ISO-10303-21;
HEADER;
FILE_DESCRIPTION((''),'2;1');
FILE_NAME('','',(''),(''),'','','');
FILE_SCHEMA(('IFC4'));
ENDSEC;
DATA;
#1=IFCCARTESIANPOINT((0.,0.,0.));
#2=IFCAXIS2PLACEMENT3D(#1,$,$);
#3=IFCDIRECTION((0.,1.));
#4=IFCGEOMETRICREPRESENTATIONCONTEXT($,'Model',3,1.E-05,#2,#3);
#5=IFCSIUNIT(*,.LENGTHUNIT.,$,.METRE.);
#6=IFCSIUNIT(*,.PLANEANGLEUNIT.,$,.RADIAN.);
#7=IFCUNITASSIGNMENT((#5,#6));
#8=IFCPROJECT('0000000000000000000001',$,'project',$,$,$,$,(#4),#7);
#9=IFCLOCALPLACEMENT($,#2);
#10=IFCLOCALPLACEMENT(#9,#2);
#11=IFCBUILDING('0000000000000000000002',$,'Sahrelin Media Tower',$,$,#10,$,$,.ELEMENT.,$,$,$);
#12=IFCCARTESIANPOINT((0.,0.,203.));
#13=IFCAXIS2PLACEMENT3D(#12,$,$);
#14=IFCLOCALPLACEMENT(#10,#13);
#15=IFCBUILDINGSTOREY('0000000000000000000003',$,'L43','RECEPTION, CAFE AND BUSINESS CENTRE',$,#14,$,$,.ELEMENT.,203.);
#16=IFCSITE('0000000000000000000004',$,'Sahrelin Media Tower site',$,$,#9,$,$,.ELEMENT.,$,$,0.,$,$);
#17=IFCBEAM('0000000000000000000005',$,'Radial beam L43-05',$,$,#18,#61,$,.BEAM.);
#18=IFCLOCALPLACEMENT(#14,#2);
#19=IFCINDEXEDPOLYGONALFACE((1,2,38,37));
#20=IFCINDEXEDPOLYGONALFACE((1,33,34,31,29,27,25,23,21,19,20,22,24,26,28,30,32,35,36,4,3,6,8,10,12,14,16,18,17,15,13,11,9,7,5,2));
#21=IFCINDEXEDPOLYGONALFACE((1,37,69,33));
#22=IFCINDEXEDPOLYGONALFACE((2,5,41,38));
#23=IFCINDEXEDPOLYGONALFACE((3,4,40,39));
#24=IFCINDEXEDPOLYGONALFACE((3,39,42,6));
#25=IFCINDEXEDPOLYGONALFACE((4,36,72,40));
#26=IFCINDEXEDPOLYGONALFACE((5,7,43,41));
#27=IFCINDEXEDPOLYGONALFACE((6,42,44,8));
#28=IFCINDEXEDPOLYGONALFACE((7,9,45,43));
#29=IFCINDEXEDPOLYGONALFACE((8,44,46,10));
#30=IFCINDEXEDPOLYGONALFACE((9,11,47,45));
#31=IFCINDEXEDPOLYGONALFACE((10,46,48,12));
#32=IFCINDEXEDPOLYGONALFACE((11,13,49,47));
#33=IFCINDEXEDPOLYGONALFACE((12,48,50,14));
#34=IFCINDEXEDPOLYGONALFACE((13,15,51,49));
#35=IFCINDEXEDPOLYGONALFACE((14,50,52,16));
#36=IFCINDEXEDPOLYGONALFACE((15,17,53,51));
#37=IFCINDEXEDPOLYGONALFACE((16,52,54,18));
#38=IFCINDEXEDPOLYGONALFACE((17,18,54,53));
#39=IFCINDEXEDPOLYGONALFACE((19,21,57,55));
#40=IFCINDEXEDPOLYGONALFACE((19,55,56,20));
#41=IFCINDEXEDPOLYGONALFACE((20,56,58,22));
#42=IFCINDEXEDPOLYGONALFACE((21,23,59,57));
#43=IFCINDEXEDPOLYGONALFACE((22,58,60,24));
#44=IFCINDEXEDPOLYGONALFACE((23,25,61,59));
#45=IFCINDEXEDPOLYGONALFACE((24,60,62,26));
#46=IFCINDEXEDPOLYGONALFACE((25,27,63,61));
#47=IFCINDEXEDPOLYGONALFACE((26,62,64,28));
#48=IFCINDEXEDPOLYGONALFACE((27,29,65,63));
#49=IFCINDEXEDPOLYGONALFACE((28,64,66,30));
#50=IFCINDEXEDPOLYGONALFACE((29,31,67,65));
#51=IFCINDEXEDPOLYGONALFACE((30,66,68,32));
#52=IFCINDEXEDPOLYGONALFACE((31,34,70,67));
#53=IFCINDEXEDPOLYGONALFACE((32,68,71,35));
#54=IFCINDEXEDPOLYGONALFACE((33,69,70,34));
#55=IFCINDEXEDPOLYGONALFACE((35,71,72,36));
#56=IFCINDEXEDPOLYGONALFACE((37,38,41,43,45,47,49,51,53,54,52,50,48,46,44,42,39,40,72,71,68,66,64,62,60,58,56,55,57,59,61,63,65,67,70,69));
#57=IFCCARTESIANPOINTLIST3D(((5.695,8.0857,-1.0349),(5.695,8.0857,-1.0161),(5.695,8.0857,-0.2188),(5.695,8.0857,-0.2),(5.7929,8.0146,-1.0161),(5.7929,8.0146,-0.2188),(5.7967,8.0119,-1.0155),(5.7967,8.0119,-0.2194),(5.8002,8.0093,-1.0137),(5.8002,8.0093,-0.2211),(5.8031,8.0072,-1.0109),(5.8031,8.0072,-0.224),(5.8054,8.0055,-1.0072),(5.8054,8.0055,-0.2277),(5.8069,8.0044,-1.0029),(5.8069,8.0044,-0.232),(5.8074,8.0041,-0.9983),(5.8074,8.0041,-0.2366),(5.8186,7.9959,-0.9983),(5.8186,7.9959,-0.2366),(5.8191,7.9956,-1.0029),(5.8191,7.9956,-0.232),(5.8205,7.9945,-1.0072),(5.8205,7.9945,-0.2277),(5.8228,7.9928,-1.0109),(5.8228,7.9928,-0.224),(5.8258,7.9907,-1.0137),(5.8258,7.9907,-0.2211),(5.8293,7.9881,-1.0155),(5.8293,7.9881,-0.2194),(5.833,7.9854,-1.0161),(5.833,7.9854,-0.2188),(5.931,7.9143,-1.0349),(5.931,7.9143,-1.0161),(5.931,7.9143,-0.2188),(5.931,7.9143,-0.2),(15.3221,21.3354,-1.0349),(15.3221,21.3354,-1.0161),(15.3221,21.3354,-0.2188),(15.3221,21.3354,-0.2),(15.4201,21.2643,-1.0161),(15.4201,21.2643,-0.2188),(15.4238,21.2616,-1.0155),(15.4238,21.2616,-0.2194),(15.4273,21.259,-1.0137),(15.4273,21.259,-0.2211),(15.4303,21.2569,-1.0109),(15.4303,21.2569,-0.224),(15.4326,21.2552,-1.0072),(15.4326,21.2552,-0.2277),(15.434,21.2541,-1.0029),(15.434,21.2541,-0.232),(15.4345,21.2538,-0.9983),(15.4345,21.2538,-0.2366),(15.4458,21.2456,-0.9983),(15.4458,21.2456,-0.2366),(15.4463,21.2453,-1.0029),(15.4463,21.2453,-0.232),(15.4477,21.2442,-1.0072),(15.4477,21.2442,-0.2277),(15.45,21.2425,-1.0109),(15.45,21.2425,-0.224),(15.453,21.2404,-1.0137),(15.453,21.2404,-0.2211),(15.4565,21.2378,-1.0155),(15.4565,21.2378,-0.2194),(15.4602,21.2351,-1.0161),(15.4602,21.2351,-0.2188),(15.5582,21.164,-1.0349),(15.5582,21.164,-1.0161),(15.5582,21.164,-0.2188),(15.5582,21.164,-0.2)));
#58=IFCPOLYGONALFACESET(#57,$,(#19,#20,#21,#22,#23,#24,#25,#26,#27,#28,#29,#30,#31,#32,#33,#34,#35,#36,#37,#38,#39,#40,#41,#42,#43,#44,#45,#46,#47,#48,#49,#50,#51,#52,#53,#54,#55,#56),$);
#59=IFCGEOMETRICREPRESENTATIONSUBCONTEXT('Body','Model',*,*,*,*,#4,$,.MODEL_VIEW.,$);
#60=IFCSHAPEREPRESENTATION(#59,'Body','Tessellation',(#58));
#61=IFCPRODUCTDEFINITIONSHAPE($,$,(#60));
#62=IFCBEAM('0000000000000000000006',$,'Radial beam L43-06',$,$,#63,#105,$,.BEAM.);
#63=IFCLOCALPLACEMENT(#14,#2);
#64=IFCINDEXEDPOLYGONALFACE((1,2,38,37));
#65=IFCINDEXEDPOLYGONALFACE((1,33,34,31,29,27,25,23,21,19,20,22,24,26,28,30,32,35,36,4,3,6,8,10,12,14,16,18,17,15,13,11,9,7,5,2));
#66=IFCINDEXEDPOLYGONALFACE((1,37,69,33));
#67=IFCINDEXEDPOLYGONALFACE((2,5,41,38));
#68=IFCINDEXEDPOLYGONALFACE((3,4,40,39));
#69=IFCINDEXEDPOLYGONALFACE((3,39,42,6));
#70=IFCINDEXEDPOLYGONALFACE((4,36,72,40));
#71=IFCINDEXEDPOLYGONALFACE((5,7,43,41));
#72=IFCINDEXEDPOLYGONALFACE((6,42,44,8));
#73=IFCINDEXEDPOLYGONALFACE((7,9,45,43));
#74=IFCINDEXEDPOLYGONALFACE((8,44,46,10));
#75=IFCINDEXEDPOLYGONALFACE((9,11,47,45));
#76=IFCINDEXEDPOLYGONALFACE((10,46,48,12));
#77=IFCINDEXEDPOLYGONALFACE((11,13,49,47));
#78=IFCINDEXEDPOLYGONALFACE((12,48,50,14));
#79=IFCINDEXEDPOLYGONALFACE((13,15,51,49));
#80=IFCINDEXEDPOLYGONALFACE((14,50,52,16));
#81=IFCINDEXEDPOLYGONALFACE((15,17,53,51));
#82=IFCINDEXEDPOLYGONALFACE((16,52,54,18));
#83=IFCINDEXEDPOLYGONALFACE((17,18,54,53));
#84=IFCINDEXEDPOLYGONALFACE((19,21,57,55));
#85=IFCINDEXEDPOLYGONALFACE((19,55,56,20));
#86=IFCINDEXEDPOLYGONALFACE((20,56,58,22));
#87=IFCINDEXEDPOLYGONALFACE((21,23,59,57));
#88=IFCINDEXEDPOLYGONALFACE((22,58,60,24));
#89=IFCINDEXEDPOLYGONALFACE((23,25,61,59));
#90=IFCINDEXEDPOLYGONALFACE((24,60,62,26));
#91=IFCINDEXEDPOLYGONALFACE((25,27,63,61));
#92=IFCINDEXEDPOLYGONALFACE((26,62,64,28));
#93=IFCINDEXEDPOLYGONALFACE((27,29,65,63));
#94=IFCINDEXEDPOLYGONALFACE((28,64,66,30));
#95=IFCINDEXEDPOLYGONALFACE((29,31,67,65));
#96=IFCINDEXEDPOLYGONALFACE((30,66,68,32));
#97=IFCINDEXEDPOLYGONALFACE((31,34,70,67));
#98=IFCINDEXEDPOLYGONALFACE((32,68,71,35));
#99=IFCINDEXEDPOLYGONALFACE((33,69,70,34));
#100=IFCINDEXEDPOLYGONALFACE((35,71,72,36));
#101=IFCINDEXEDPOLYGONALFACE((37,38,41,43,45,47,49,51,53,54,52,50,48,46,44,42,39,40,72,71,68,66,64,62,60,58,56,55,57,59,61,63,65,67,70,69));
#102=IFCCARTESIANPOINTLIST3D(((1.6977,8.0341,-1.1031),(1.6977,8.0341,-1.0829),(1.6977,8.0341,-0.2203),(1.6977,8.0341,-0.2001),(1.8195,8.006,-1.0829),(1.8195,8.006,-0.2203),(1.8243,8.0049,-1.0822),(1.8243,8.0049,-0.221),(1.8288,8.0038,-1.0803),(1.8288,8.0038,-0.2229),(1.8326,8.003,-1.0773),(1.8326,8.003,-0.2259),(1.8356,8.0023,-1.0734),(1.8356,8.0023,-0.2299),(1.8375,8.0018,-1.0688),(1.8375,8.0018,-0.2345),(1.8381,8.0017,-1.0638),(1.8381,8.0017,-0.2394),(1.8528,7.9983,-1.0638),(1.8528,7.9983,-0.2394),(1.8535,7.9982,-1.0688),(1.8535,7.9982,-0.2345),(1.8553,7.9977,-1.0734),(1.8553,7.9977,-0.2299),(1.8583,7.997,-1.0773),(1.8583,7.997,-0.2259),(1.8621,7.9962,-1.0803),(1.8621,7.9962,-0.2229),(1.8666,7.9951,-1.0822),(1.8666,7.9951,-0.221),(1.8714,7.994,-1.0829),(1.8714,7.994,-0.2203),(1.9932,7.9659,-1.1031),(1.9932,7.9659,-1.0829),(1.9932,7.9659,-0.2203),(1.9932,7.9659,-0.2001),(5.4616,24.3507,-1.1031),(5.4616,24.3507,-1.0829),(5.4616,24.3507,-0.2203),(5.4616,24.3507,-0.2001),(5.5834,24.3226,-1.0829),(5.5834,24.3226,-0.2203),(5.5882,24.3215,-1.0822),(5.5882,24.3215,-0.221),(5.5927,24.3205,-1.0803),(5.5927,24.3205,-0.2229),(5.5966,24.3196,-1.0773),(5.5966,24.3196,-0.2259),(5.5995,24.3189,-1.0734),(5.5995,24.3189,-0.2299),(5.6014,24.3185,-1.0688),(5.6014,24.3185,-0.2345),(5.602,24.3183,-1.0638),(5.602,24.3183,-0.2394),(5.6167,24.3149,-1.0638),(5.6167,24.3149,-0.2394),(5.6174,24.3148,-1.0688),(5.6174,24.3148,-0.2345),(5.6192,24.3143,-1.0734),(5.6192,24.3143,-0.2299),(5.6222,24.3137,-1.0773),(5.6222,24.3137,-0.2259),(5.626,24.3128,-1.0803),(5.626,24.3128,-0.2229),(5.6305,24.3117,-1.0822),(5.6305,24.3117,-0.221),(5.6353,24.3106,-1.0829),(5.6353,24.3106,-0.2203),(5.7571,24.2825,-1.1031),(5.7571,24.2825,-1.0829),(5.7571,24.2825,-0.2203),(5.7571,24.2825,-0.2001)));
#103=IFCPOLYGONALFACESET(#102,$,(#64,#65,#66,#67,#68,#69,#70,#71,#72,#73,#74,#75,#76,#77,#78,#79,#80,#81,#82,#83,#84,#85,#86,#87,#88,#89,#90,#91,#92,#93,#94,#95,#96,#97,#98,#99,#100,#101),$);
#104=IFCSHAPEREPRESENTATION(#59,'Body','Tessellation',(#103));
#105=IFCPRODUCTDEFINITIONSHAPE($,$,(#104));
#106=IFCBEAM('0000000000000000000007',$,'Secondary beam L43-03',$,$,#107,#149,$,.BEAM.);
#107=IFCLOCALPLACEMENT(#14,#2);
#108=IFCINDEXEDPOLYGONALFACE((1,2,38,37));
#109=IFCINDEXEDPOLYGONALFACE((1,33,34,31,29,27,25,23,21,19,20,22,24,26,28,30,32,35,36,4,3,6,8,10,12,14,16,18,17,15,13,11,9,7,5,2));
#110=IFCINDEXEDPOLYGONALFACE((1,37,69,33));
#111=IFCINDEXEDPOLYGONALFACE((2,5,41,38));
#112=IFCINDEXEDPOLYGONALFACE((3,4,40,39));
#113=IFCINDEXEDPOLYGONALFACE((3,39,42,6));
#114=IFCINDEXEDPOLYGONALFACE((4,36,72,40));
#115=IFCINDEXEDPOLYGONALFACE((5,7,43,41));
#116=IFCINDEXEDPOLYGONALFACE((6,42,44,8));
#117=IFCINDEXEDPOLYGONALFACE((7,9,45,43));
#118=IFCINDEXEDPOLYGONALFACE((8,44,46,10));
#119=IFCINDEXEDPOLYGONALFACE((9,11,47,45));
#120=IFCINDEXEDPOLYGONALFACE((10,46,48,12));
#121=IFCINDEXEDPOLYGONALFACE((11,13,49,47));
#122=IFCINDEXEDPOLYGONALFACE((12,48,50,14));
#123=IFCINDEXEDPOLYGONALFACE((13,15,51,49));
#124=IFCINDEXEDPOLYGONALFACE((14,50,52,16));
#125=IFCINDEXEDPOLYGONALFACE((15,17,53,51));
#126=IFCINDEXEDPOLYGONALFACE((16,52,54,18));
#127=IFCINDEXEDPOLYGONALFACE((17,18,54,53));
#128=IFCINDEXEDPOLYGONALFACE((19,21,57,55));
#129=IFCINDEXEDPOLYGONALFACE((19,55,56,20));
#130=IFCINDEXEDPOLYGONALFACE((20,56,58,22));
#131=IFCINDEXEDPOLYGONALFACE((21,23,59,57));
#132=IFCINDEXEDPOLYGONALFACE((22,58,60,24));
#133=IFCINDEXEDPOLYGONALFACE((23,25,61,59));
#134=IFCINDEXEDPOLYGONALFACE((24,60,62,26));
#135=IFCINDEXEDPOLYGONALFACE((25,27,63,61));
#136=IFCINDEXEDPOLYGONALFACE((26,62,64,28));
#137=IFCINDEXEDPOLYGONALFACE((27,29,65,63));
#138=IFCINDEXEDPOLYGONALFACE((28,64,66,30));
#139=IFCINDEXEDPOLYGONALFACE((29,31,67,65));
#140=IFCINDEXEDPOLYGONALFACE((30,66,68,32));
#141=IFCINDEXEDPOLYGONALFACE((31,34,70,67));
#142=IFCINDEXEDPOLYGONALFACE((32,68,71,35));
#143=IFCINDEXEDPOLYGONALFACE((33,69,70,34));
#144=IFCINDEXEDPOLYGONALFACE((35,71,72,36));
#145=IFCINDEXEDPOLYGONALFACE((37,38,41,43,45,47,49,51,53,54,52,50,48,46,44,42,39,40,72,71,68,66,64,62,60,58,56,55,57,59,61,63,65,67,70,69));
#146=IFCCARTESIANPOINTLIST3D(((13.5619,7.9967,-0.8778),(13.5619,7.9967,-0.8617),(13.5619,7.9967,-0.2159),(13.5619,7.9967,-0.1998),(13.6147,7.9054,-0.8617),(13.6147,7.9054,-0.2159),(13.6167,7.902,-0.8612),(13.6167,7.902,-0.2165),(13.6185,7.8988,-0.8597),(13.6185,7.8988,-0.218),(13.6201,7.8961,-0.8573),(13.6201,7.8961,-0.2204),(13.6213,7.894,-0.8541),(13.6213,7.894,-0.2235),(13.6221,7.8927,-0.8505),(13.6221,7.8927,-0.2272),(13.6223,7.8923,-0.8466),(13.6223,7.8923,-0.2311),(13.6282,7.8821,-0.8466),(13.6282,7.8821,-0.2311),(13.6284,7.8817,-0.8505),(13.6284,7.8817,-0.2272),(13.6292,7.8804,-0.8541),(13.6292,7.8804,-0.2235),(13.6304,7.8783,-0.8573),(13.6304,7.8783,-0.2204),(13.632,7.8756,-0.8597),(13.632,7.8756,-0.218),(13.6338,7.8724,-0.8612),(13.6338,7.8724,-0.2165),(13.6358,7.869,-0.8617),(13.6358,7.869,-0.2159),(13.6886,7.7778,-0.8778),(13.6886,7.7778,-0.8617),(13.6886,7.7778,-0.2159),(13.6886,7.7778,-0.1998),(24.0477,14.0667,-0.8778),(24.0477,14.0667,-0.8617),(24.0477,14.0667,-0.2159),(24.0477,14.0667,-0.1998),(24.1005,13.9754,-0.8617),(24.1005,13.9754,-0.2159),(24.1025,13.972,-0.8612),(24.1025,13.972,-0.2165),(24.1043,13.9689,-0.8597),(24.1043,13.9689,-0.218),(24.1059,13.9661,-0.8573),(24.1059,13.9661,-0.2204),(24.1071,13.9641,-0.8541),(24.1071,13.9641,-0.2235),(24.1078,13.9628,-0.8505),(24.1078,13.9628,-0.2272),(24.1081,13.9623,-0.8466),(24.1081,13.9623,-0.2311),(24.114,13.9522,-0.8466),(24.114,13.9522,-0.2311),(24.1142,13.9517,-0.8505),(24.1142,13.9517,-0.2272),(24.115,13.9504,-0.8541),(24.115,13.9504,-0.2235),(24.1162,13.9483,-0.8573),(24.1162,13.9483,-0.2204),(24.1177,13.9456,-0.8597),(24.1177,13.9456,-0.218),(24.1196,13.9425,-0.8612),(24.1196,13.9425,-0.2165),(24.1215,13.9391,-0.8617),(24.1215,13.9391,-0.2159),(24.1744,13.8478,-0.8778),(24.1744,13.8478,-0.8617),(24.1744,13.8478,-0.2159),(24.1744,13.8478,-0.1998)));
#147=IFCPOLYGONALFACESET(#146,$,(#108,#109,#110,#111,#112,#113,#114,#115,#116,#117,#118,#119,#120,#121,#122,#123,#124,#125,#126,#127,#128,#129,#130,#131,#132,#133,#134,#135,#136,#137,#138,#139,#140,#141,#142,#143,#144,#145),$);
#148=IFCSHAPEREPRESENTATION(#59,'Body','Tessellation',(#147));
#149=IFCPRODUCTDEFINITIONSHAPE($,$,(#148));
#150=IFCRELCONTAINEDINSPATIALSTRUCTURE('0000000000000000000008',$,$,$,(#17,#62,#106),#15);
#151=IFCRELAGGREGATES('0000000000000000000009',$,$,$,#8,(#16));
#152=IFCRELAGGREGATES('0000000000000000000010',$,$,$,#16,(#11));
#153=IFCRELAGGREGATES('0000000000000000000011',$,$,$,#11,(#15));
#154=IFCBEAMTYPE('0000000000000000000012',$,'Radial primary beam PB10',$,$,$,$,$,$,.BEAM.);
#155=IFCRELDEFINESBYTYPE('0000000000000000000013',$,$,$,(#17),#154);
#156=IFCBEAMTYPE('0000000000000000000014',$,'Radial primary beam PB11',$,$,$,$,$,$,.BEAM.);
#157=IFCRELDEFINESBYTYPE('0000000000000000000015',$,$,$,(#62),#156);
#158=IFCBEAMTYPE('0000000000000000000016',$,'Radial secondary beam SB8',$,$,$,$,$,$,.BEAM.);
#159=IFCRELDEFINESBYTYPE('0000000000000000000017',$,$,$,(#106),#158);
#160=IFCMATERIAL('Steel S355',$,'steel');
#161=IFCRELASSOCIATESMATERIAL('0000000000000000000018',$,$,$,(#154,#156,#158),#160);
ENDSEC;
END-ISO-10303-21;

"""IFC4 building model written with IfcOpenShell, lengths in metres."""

from ifc_helpers import new_model, si_unit, direction, frame, origin, origin_2d, place, context, subcontext, project, spatial, i_section, extrude, material, material_profile, profile_set, type_object, element, save


model = new_model("IFC4")

# Units and contexts
model_context = context("Model", 3, precision=1e-05, world=origin(), true_north=direction((0.0, 1.0)))
body_context = subcontext(model_context, "Body", "Model", "MODEL_VIEW")
ifc_project = project(units=[si_unit("LENGTHUNIT", "METRE"), si_unit("PLANEANGLEUNIT", "RADIAN")], contexts=[model_context])

# Site, building, storey
site_placement = place(None, origin())
site = spatial("IfcSite", under=ifc_project, at=site_placement, Name="Sahrelin Media Tower site", CompositionType="ELEMENT", RefElevation=0.0)
building_placement = place(site_placement, origin())
building = spatial("IfcBuilding", under=site, at=building_placement, Name="Sahrelin Media Tower", CompositionType="ELEMENT")
storey_placement = place(building_placement, frame((0.0, 0.0, 203.0)))
storey = spatial("IfcBuildingStorey", under=building, at=storey_placement, Name="L43", Description="RECEPTION, CAFE AND BUSINESS CENTRE", CompositionType="ELEMENT", Elevation=203.0)

# Shared definitions
ifc_material_1 = material(Name="Steel S355", Category="steel")

# Beams
ifc_material_profile_1 = material_profile(ifc_material_1, i_section(OverallWidth=0.2917, OverallDepth=0.835, WebThickness=0.0139, FlangeThickness=0.0188, FilletRadius=0.0178, at=origin_2d()), Name="UB 838x292x176")
ifc_profile_set_1 = profile_set([ifc_material_profile_1], Name="Steel S355")
beam_type_1 = type_object("IfcBeamType", Name="Radial primary beam PB10", PredefinedType="BEAM", material=ifc_profile_set_1)
beam_1_placement = place(storey_placement, frame((5.813, 8.0, -0.6174), z_axis=(0.587813, 0.808997, 0.0), x_axis=(-0.808997, 0.587813, 0.0)))
element("IfcBeam", 1, at=beam_1_placement, inside=storey, type_object=beam_type_1, Name="Radial beam L43-05", PredefinedType="BEAM", context=body_context, shape_type="SweptSolid", body=[
    extrude(i_section(OverallWidth=0.2917, OverallDepth=0.835, WebThickness=0.0139, FlangeThickness=0.0188, FilletRadius=0.0178, at=origin_2d()), origin(), (0.0, 0.0, 1.0), 16.3779),
])
ifc_material_profile_2 = material_profile(ifc_material_1, i_section(OverallWidth=0.3032, OverallDepth=0.9031, WebThickness=0.0151, FlangeThickness=0.0203, FilletRadius=0.019, at=origin_2d()), Name="UB 914x305x201")
ifc_profile_set_2 = profile_set([ifc_material_profile_2], Name="Steel S355")
beam_type_2 = type_object("IfcBeamType", Name="Radial primary beam PB11", PredefinedType="BEAM", material=ifc_profile_set_2)
beam_2_placement = place(storey_placement, frame((1.8455, 8.0, -0.6516), z_axis=(0.224776, 0.97441, 0.0), x_axis=(-0.97441, 0.224776, 0.0)))
element("IfcBeam", 2, at=beam_2_placement, inside=storey, type_object=beam_type_2, Name="Radial beam L43-06", PredefinedType="BEAM", context=body_context, shape_type="SweptSolid", body=[
    extrude(i_section(OverallWidth=0.3032, OverallDepth=0.9031, WebThickness=0.0151, FlangeThickness=0.0203, FilletRadius=0.019, at=origin_2d()), origin(), (0.0, 0.0, 1.0), 16.7451),
])
ifc_material_profile_3 = material_profile(ifc_material_1, i_section(OverallWidth=0.2529, OverallDepth=0.678, WebThickness=0.0117, FlangeThickness=0.0161, FilletRadius=0.0151, at=origin_2d()), Name="UB 686x254x125")
ifc_profile_set_3 = profile_set([ifc_material_profile_3], Name="Steel S355")
beam_type_3 = type_object("IfcBeamType", Name="Radial secondary beam SB8", PredefinedType="BEAM", material=ifc_profile_set_3)
beam_3_placement = place(storey_placement, frame((13.6252, 7.8872, -0.5388), z_axis=(0.865451, 0.500994, 0.0), x_axis=(-0.500994, 0.865451, 0.0)))
element("IfcBeam", 3, at=beam_3_placement, inside=storey, type_object=beam_type_3, Name="Secondary beam L43-03", PredefinedType="BEAM", context=body_context, shape_type="SweptSolid", body=[
    extrude(i_section(OverallWidth=0.2529, OverallDepth=0.678, WebThickness=0.0117, FlangeThickness=0.0161, FilletRadius=0.0151, at=origin_2d()), origin(), (0.0, 0.0, 1.0), 12.116),
])

save(model, "model.ifc")
